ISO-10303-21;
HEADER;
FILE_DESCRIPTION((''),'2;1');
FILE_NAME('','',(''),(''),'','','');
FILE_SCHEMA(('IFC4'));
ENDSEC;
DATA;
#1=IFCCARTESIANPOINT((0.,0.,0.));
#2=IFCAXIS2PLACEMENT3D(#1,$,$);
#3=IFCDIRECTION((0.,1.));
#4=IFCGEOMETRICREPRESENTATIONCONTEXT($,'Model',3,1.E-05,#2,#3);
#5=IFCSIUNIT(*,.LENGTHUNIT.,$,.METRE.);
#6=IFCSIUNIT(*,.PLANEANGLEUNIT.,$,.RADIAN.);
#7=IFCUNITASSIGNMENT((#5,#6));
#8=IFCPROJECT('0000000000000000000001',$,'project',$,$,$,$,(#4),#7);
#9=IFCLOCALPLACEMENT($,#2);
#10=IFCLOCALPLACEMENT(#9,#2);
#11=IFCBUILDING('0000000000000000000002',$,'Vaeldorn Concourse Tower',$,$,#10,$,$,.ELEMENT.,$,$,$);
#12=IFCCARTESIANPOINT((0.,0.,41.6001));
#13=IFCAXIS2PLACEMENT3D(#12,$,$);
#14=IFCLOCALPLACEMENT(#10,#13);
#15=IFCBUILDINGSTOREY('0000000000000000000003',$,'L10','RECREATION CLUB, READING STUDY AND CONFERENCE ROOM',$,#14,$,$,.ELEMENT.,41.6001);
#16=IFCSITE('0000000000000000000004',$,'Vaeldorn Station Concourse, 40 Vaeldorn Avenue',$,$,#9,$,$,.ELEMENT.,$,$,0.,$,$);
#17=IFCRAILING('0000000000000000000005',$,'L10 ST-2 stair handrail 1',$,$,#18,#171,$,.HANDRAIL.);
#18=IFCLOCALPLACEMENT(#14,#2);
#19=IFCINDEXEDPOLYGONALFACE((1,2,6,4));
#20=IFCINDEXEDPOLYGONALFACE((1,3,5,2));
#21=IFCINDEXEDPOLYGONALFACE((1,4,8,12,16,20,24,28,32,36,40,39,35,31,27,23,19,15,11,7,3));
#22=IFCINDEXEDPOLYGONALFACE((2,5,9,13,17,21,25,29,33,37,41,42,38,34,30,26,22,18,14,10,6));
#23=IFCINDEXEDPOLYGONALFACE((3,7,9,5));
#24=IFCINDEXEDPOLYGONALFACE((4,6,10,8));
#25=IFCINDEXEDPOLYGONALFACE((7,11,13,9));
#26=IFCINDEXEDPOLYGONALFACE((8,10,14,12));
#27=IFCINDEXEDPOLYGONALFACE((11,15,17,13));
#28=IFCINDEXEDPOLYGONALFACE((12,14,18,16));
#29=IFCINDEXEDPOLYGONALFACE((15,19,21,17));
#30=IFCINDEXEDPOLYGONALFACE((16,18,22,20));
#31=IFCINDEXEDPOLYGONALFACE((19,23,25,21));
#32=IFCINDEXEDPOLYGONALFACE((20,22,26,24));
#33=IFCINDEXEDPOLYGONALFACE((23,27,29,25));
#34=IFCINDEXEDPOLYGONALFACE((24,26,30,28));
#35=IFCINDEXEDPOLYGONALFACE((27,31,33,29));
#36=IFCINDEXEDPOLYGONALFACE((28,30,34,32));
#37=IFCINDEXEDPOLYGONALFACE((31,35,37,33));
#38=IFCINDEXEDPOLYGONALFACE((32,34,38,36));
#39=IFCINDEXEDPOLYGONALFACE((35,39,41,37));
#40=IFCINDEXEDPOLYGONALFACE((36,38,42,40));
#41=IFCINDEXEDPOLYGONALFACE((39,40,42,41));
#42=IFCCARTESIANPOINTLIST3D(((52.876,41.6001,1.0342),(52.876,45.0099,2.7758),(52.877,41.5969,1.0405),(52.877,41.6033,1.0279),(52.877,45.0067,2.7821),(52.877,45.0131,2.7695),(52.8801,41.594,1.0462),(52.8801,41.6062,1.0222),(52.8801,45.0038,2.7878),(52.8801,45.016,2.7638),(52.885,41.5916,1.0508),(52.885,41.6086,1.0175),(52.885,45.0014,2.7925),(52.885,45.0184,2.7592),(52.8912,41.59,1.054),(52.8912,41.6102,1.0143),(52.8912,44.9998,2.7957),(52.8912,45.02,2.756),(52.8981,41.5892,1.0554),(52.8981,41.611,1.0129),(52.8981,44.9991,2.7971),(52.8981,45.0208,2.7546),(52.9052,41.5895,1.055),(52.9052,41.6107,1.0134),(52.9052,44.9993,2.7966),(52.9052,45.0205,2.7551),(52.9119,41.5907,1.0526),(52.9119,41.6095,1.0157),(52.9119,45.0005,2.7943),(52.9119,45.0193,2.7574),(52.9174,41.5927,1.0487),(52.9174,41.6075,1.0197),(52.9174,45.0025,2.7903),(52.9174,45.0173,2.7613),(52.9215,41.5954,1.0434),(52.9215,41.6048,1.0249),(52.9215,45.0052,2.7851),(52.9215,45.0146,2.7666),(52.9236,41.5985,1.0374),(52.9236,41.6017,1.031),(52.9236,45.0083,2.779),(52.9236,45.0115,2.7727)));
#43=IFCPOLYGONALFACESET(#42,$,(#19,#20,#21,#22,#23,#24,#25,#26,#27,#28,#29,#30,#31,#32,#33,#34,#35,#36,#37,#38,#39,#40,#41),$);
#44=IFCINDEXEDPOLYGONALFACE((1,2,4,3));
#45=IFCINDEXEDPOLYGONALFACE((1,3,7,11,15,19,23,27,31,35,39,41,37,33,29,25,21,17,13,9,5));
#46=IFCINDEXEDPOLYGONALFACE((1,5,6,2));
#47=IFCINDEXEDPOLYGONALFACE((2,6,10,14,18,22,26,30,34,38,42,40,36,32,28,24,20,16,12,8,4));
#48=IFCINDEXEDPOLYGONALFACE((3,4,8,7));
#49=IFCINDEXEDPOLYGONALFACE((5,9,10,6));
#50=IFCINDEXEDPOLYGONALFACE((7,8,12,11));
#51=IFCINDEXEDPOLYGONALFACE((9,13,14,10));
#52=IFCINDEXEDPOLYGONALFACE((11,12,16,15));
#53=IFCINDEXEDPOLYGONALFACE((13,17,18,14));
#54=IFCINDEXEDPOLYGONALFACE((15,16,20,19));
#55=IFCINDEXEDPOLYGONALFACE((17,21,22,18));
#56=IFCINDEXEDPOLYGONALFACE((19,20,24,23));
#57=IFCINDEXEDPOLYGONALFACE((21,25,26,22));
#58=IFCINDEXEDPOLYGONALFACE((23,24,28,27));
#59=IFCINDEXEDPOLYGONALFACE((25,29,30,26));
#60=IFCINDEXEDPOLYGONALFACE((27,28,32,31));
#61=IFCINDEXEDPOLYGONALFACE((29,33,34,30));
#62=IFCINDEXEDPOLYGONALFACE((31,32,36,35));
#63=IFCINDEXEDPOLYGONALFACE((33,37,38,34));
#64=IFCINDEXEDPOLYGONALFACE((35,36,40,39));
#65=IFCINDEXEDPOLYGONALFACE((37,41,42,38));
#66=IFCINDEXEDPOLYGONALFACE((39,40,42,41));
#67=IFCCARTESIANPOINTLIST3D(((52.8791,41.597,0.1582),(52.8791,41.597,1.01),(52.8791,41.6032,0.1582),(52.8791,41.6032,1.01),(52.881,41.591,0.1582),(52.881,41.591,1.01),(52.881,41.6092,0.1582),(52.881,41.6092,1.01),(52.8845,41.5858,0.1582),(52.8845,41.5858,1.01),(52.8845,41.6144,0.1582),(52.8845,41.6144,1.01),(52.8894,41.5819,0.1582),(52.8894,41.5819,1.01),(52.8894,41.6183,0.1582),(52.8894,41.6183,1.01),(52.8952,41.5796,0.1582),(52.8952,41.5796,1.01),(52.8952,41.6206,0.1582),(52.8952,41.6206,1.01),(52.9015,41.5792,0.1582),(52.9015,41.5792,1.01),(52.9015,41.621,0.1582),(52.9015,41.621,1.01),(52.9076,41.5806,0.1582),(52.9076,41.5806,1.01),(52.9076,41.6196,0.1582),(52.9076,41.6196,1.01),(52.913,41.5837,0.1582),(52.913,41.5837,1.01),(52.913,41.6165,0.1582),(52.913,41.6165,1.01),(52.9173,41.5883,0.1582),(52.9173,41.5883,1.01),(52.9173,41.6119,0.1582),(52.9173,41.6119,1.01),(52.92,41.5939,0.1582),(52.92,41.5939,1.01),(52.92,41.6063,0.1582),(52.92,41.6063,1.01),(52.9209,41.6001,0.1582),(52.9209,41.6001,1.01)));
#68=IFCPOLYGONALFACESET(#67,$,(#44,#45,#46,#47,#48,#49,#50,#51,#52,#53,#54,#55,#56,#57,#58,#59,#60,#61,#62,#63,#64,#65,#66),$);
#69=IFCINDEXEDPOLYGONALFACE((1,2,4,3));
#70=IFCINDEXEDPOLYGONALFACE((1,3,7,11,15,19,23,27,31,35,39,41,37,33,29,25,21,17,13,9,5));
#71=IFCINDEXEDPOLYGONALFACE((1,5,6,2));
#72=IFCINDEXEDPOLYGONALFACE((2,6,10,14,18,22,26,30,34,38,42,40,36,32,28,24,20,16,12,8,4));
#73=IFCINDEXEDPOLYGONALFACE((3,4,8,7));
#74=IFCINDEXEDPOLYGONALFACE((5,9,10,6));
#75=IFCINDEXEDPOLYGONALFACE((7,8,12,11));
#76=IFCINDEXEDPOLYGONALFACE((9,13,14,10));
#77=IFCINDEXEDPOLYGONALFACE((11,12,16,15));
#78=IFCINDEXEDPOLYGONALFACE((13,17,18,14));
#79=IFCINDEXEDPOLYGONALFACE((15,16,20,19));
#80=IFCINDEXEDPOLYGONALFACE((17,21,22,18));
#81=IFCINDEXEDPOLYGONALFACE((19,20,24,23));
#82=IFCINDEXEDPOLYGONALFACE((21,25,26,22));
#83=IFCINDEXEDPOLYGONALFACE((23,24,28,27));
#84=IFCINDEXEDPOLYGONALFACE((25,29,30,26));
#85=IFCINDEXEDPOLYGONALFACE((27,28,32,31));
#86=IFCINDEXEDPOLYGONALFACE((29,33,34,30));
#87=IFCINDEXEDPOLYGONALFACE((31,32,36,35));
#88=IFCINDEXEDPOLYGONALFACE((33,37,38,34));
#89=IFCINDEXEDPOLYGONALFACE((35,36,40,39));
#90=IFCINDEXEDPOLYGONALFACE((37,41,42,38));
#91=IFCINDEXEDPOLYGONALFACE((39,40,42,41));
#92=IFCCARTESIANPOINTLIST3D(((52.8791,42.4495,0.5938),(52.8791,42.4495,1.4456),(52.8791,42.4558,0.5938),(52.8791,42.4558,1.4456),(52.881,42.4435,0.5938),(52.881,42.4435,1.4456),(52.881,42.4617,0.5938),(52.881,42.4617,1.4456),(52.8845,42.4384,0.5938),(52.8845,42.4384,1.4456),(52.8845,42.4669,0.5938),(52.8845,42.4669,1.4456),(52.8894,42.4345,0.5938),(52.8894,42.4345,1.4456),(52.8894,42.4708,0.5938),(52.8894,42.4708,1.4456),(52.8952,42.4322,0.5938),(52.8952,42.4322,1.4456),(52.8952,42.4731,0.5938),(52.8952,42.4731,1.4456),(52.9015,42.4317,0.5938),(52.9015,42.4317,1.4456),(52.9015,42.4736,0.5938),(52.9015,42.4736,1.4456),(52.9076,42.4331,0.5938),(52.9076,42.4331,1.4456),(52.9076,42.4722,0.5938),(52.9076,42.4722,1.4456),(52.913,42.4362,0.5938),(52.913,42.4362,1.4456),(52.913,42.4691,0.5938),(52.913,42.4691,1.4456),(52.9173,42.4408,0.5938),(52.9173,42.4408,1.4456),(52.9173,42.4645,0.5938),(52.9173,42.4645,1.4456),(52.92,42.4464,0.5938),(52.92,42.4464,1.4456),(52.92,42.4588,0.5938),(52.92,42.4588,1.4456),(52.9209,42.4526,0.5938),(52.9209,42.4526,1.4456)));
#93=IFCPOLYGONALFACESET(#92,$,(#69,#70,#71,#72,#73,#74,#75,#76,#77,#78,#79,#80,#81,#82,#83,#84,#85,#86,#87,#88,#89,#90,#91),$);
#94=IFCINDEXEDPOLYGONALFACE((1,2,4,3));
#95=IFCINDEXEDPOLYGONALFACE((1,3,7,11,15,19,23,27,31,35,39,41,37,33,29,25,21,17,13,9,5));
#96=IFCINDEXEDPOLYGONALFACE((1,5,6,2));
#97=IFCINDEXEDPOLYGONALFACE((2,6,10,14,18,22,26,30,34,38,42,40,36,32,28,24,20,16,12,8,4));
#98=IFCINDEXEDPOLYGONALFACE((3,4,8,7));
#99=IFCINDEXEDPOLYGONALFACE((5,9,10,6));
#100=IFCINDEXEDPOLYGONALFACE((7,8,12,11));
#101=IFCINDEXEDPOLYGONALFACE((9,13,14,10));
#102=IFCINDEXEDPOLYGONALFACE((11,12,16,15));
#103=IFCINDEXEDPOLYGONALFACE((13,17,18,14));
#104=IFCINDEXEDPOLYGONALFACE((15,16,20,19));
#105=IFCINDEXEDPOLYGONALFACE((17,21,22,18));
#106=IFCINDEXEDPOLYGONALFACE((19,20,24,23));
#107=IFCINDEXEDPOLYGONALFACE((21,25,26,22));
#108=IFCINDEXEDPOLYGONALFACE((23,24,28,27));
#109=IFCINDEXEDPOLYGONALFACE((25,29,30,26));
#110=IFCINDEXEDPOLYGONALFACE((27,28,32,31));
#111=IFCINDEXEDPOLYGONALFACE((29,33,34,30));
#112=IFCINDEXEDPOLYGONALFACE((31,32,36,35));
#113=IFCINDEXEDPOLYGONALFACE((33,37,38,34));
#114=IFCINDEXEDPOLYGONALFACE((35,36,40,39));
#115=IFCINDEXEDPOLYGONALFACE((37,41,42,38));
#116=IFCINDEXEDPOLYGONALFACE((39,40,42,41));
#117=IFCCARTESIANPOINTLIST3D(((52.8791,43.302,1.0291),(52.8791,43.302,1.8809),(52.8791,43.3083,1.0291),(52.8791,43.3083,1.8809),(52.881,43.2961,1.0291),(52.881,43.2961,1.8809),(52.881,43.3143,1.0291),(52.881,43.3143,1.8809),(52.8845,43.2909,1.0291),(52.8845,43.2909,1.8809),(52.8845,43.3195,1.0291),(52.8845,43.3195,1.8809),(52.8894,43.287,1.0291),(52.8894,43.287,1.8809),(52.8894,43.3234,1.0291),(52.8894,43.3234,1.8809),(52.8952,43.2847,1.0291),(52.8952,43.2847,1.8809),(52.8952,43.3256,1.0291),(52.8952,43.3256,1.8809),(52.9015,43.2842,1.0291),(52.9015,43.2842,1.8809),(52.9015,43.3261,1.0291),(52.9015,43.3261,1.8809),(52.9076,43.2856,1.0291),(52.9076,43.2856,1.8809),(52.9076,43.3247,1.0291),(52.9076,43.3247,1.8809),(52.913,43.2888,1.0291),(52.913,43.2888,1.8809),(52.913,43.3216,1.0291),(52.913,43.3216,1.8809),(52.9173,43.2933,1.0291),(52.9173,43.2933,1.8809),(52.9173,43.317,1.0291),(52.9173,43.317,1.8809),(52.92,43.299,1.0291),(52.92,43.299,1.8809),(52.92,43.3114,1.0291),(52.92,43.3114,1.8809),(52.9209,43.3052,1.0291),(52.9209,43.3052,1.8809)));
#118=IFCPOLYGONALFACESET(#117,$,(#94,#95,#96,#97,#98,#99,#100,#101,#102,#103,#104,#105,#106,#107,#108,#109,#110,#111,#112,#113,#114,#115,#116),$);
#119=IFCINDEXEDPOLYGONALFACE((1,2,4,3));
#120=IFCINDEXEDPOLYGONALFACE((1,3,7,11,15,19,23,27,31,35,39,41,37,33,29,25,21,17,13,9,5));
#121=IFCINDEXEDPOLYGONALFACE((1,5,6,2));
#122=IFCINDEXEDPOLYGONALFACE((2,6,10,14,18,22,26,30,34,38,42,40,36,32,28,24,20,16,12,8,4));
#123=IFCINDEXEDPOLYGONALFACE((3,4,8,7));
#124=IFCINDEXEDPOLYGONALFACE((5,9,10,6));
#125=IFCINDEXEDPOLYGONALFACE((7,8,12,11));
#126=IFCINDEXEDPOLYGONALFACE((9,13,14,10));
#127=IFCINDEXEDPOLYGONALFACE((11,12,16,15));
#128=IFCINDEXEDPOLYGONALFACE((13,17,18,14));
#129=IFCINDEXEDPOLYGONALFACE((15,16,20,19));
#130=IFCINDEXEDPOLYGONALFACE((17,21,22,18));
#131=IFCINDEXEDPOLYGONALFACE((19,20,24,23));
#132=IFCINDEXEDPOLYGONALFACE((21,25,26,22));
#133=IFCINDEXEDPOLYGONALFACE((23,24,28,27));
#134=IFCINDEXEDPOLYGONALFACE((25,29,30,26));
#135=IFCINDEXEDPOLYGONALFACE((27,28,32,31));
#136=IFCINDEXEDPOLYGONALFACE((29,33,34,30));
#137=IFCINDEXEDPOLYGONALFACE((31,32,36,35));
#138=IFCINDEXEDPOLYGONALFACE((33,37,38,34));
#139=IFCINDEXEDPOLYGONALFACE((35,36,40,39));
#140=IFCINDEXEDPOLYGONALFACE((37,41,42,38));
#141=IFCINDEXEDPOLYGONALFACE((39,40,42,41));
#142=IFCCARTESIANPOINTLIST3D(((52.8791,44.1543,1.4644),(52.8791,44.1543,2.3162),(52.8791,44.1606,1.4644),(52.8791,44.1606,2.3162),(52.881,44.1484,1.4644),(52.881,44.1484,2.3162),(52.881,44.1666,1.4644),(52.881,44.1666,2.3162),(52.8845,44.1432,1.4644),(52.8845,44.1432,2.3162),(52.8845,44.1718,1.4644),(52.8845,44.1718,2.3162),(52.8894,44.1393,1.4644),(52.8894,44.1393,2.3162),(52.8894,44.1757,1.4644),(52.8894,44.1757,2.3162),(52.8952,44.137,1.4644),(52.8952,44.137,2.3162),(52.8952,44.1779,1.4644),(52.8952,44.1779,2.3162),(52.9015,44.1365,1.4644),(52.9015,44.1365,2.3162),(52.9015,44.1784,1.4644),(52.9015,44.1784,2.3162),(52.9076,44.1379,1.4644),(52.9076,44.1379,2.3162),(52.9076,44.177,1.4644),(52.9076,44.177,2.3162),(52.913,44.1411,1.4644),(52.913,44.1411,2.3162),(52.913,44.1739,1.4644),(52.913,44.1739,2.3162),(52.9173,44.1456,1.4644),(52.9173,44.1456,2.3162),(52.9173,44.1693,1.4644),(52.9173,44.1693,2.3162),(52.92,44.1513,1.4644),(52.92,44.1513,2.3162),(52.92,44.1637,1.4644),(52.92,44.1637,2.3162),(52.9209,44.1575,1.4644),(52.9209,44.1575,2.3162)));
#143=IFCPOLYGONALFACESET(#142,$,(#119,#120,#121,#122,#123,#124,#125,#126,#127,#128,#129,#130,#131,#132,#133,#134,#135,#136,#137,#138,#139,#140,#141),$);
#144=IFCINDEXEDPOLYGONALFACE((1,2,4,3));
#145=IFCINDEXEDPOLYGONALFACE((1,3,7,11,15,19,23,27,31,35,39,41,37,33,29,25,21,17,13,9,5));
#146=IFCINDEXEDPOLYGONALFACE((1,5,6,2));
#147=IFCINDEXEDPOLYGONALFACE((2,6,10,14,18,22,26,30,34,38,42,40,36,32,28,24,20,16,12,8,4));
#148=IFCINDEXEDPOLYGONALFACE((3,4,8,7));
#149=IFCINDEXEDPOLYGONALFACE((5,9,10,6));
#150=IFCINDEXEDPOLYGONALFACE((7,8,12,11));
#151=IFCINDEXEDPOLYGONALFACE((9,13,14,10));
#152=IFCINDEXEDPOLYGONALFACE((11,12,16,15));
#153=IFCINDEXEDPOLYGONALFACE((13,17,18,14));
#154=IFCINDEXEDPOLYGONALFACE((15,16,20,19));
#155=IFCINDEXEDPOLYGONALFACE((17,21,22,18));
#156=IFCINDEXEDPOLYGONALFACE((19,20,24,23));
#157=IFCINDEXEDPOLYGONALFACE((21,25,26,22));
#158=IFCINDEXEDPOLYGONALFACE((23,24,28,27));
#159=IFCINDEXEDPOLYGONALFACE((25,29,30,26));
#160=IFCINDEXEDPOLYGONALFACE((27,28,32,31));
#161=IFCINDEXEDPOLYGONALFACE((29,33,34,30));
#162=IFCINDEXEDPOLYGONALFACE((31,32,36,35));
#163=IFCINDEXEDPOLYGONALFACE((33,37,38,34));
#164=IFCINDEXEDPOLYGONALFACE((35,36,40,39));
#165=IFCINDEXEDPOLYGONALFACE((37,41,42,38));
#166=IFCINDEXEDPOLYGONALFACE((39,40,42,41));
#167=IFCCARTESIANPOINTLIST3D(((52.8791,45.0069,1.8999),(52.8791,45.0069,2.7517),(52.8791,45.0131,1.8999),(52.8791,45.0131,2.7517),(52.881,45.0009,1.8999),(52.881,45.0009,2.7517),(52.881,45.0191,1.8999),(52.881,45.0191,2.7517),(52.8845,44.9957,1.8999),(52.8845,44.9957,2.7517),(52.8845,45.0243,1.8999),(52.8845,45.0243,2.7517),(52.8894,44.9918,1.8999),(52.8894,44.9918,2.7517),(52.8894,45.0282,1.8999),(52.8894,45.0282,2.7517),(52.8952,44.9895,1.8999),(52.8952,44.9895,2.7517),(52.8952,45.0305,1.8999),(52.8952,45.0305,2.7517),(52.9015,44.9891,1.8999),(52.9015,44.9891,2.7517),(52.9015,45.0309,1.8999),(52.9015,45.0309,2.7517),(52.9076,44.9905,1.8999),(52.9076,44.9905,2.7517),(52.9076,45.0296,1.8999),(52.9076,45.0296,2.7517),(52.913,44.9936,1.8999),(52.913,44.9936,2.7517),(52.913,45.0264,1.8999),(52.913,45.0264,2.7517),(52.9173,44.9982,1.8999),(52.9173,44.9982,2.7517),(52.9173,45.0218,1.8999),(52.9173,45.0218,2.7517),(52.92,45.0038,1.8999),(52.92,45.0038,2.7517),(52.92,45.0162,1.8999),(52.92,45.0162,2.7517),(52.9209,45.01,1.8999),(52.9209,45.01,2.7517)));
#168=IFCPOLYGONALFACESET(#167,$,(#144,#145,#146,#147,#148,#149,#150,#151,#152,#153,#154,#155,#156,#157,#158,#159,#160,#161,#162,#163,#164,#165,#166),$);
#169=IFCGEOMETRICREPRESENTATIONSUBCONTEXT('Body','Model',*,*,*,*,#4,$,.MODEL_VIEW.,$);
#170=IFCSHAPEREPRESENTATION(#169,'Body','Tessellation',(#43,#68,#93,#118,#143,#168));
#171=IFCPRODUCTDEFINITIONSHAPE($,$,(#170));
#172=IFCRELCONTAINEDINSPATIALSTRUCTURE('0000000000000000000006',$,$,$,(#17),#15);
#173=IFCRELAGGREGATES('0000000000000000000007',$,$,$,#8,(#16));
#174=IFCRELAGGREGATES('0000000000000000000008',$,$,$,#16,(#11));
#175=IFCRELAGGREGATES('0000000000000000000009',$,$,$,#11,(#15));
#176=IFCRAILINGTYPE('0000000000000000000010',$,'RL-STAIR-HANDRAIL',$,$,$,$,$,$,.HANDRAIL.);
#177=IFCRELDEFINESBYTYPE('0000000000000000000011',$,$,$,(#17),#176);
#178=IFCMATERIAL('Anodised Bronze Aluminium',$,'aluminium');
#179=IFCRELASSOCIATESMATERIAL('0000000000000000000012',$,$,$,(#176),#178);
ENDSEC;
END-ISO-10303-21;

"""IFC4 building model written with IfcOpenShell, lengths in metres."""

from ifc_helpers import new_model, si_unit, direction, frame, origin, origin_2d, place, context, subcontext, project, spatial, circle, extrude, material, type_object, element, save


model = new_model("IFC4")

# Units and contexts
model_context = context("Model", 3, precision=1e-05, world=origin(), true_north=direction((0.0, 1.0)))
body_context = subcontext(model_context, "Body", "Model", "MODEL_VIEW")
ifc_project = project(units=[si_unit("LENGTHUNIT", "METRE"), si_unit("PLANEANGLEUNIT", "RADIAN")], contexts=[model_context])

# Site, building, storey
site_placement = place(None, origin())
site = spatial("IfcSite", under=ifc_project, at=site_placement, Name="Vaeldorn Station Concourse, 40 Vaeldorn Avenue", CompositionType="ELEMENT", RefElevation=0.0)
building_placement = place(site_placement, origin())
building = spatial("IfcBuilding", under=site, at=building_placement, Name="Vaeldorn Concourse Tower", CompositionType="ELEMENT")
storey_placement = place(building_placement, frame((0.0, 0.0, 41.6001)))
storey = spatial("IfcBuildingStorey", under=building, at=storey_placement, Name="L10", Description="RECREATION CLUB, READING STUDY AND CONFERENCE ROOM", CompositionType="ELEMENT", Elevation=41.6001)

# Shared definitions
ifc_material_1 = material(Name="Anodised Bronze Aluminium", Category="aluminium")

# Railing
railing_type_1 = type_object("IfcRailingType", Name="RL-STAIR-HANDRAIL", PredefinedType="HANDRAIL", material=ifc_material_1)
railing_1_placement = place(storey_placement, frame((52.8999, 41.6001, 0.1582)))
element("IfcRailing", 1, at=railing_1_placement, inside=storey, type_object=railing_type_1, Name="L10 ST-2 stair handrail 1", PredefinedType="HANDRAIL", context=body_context, shape_type="SweptSolid", body=[
    extrude(circle(Radius=0.0239, at=origin_2d()), frame((0.0, 0.0, 0.876), z_axis=(0.0, 0.890556, 0.454874), x_axis=(-1.0, 0.0, 0.0)), (0.0, 0.0, 1.0), 3.8289),
    extrude(circle(Radius=0.021, at=origin_2d()), origin(), (0.0, 0.0, 1.0), 0.8518),
    extrude(circle(Radius=0.021, at=origin_2d()), frame((0.0, 0.8525, 0.4355)), (0.0, 0.0, 1.0), 0.8518),
    extrude(circle(Radius=0.021, at=origin_2d()), frame((0.0, 1.7051, 0.8708)), (0.0, 0.0, 1.0), 0.8518),
    extrude(circle(Radius=0.021, at=origin_2d()), frame((0.0, 2.5574, 1.3062)), (0.0, 0.0, 1.0), 0.8518),
    extrude(circle(Radius=0.021, at=origin_2d()), frame((0.0, 3.4099, 1.7417)), (0.0, 0.0, 1.0), 0.8518),
])

save(model, "model.ifc")
